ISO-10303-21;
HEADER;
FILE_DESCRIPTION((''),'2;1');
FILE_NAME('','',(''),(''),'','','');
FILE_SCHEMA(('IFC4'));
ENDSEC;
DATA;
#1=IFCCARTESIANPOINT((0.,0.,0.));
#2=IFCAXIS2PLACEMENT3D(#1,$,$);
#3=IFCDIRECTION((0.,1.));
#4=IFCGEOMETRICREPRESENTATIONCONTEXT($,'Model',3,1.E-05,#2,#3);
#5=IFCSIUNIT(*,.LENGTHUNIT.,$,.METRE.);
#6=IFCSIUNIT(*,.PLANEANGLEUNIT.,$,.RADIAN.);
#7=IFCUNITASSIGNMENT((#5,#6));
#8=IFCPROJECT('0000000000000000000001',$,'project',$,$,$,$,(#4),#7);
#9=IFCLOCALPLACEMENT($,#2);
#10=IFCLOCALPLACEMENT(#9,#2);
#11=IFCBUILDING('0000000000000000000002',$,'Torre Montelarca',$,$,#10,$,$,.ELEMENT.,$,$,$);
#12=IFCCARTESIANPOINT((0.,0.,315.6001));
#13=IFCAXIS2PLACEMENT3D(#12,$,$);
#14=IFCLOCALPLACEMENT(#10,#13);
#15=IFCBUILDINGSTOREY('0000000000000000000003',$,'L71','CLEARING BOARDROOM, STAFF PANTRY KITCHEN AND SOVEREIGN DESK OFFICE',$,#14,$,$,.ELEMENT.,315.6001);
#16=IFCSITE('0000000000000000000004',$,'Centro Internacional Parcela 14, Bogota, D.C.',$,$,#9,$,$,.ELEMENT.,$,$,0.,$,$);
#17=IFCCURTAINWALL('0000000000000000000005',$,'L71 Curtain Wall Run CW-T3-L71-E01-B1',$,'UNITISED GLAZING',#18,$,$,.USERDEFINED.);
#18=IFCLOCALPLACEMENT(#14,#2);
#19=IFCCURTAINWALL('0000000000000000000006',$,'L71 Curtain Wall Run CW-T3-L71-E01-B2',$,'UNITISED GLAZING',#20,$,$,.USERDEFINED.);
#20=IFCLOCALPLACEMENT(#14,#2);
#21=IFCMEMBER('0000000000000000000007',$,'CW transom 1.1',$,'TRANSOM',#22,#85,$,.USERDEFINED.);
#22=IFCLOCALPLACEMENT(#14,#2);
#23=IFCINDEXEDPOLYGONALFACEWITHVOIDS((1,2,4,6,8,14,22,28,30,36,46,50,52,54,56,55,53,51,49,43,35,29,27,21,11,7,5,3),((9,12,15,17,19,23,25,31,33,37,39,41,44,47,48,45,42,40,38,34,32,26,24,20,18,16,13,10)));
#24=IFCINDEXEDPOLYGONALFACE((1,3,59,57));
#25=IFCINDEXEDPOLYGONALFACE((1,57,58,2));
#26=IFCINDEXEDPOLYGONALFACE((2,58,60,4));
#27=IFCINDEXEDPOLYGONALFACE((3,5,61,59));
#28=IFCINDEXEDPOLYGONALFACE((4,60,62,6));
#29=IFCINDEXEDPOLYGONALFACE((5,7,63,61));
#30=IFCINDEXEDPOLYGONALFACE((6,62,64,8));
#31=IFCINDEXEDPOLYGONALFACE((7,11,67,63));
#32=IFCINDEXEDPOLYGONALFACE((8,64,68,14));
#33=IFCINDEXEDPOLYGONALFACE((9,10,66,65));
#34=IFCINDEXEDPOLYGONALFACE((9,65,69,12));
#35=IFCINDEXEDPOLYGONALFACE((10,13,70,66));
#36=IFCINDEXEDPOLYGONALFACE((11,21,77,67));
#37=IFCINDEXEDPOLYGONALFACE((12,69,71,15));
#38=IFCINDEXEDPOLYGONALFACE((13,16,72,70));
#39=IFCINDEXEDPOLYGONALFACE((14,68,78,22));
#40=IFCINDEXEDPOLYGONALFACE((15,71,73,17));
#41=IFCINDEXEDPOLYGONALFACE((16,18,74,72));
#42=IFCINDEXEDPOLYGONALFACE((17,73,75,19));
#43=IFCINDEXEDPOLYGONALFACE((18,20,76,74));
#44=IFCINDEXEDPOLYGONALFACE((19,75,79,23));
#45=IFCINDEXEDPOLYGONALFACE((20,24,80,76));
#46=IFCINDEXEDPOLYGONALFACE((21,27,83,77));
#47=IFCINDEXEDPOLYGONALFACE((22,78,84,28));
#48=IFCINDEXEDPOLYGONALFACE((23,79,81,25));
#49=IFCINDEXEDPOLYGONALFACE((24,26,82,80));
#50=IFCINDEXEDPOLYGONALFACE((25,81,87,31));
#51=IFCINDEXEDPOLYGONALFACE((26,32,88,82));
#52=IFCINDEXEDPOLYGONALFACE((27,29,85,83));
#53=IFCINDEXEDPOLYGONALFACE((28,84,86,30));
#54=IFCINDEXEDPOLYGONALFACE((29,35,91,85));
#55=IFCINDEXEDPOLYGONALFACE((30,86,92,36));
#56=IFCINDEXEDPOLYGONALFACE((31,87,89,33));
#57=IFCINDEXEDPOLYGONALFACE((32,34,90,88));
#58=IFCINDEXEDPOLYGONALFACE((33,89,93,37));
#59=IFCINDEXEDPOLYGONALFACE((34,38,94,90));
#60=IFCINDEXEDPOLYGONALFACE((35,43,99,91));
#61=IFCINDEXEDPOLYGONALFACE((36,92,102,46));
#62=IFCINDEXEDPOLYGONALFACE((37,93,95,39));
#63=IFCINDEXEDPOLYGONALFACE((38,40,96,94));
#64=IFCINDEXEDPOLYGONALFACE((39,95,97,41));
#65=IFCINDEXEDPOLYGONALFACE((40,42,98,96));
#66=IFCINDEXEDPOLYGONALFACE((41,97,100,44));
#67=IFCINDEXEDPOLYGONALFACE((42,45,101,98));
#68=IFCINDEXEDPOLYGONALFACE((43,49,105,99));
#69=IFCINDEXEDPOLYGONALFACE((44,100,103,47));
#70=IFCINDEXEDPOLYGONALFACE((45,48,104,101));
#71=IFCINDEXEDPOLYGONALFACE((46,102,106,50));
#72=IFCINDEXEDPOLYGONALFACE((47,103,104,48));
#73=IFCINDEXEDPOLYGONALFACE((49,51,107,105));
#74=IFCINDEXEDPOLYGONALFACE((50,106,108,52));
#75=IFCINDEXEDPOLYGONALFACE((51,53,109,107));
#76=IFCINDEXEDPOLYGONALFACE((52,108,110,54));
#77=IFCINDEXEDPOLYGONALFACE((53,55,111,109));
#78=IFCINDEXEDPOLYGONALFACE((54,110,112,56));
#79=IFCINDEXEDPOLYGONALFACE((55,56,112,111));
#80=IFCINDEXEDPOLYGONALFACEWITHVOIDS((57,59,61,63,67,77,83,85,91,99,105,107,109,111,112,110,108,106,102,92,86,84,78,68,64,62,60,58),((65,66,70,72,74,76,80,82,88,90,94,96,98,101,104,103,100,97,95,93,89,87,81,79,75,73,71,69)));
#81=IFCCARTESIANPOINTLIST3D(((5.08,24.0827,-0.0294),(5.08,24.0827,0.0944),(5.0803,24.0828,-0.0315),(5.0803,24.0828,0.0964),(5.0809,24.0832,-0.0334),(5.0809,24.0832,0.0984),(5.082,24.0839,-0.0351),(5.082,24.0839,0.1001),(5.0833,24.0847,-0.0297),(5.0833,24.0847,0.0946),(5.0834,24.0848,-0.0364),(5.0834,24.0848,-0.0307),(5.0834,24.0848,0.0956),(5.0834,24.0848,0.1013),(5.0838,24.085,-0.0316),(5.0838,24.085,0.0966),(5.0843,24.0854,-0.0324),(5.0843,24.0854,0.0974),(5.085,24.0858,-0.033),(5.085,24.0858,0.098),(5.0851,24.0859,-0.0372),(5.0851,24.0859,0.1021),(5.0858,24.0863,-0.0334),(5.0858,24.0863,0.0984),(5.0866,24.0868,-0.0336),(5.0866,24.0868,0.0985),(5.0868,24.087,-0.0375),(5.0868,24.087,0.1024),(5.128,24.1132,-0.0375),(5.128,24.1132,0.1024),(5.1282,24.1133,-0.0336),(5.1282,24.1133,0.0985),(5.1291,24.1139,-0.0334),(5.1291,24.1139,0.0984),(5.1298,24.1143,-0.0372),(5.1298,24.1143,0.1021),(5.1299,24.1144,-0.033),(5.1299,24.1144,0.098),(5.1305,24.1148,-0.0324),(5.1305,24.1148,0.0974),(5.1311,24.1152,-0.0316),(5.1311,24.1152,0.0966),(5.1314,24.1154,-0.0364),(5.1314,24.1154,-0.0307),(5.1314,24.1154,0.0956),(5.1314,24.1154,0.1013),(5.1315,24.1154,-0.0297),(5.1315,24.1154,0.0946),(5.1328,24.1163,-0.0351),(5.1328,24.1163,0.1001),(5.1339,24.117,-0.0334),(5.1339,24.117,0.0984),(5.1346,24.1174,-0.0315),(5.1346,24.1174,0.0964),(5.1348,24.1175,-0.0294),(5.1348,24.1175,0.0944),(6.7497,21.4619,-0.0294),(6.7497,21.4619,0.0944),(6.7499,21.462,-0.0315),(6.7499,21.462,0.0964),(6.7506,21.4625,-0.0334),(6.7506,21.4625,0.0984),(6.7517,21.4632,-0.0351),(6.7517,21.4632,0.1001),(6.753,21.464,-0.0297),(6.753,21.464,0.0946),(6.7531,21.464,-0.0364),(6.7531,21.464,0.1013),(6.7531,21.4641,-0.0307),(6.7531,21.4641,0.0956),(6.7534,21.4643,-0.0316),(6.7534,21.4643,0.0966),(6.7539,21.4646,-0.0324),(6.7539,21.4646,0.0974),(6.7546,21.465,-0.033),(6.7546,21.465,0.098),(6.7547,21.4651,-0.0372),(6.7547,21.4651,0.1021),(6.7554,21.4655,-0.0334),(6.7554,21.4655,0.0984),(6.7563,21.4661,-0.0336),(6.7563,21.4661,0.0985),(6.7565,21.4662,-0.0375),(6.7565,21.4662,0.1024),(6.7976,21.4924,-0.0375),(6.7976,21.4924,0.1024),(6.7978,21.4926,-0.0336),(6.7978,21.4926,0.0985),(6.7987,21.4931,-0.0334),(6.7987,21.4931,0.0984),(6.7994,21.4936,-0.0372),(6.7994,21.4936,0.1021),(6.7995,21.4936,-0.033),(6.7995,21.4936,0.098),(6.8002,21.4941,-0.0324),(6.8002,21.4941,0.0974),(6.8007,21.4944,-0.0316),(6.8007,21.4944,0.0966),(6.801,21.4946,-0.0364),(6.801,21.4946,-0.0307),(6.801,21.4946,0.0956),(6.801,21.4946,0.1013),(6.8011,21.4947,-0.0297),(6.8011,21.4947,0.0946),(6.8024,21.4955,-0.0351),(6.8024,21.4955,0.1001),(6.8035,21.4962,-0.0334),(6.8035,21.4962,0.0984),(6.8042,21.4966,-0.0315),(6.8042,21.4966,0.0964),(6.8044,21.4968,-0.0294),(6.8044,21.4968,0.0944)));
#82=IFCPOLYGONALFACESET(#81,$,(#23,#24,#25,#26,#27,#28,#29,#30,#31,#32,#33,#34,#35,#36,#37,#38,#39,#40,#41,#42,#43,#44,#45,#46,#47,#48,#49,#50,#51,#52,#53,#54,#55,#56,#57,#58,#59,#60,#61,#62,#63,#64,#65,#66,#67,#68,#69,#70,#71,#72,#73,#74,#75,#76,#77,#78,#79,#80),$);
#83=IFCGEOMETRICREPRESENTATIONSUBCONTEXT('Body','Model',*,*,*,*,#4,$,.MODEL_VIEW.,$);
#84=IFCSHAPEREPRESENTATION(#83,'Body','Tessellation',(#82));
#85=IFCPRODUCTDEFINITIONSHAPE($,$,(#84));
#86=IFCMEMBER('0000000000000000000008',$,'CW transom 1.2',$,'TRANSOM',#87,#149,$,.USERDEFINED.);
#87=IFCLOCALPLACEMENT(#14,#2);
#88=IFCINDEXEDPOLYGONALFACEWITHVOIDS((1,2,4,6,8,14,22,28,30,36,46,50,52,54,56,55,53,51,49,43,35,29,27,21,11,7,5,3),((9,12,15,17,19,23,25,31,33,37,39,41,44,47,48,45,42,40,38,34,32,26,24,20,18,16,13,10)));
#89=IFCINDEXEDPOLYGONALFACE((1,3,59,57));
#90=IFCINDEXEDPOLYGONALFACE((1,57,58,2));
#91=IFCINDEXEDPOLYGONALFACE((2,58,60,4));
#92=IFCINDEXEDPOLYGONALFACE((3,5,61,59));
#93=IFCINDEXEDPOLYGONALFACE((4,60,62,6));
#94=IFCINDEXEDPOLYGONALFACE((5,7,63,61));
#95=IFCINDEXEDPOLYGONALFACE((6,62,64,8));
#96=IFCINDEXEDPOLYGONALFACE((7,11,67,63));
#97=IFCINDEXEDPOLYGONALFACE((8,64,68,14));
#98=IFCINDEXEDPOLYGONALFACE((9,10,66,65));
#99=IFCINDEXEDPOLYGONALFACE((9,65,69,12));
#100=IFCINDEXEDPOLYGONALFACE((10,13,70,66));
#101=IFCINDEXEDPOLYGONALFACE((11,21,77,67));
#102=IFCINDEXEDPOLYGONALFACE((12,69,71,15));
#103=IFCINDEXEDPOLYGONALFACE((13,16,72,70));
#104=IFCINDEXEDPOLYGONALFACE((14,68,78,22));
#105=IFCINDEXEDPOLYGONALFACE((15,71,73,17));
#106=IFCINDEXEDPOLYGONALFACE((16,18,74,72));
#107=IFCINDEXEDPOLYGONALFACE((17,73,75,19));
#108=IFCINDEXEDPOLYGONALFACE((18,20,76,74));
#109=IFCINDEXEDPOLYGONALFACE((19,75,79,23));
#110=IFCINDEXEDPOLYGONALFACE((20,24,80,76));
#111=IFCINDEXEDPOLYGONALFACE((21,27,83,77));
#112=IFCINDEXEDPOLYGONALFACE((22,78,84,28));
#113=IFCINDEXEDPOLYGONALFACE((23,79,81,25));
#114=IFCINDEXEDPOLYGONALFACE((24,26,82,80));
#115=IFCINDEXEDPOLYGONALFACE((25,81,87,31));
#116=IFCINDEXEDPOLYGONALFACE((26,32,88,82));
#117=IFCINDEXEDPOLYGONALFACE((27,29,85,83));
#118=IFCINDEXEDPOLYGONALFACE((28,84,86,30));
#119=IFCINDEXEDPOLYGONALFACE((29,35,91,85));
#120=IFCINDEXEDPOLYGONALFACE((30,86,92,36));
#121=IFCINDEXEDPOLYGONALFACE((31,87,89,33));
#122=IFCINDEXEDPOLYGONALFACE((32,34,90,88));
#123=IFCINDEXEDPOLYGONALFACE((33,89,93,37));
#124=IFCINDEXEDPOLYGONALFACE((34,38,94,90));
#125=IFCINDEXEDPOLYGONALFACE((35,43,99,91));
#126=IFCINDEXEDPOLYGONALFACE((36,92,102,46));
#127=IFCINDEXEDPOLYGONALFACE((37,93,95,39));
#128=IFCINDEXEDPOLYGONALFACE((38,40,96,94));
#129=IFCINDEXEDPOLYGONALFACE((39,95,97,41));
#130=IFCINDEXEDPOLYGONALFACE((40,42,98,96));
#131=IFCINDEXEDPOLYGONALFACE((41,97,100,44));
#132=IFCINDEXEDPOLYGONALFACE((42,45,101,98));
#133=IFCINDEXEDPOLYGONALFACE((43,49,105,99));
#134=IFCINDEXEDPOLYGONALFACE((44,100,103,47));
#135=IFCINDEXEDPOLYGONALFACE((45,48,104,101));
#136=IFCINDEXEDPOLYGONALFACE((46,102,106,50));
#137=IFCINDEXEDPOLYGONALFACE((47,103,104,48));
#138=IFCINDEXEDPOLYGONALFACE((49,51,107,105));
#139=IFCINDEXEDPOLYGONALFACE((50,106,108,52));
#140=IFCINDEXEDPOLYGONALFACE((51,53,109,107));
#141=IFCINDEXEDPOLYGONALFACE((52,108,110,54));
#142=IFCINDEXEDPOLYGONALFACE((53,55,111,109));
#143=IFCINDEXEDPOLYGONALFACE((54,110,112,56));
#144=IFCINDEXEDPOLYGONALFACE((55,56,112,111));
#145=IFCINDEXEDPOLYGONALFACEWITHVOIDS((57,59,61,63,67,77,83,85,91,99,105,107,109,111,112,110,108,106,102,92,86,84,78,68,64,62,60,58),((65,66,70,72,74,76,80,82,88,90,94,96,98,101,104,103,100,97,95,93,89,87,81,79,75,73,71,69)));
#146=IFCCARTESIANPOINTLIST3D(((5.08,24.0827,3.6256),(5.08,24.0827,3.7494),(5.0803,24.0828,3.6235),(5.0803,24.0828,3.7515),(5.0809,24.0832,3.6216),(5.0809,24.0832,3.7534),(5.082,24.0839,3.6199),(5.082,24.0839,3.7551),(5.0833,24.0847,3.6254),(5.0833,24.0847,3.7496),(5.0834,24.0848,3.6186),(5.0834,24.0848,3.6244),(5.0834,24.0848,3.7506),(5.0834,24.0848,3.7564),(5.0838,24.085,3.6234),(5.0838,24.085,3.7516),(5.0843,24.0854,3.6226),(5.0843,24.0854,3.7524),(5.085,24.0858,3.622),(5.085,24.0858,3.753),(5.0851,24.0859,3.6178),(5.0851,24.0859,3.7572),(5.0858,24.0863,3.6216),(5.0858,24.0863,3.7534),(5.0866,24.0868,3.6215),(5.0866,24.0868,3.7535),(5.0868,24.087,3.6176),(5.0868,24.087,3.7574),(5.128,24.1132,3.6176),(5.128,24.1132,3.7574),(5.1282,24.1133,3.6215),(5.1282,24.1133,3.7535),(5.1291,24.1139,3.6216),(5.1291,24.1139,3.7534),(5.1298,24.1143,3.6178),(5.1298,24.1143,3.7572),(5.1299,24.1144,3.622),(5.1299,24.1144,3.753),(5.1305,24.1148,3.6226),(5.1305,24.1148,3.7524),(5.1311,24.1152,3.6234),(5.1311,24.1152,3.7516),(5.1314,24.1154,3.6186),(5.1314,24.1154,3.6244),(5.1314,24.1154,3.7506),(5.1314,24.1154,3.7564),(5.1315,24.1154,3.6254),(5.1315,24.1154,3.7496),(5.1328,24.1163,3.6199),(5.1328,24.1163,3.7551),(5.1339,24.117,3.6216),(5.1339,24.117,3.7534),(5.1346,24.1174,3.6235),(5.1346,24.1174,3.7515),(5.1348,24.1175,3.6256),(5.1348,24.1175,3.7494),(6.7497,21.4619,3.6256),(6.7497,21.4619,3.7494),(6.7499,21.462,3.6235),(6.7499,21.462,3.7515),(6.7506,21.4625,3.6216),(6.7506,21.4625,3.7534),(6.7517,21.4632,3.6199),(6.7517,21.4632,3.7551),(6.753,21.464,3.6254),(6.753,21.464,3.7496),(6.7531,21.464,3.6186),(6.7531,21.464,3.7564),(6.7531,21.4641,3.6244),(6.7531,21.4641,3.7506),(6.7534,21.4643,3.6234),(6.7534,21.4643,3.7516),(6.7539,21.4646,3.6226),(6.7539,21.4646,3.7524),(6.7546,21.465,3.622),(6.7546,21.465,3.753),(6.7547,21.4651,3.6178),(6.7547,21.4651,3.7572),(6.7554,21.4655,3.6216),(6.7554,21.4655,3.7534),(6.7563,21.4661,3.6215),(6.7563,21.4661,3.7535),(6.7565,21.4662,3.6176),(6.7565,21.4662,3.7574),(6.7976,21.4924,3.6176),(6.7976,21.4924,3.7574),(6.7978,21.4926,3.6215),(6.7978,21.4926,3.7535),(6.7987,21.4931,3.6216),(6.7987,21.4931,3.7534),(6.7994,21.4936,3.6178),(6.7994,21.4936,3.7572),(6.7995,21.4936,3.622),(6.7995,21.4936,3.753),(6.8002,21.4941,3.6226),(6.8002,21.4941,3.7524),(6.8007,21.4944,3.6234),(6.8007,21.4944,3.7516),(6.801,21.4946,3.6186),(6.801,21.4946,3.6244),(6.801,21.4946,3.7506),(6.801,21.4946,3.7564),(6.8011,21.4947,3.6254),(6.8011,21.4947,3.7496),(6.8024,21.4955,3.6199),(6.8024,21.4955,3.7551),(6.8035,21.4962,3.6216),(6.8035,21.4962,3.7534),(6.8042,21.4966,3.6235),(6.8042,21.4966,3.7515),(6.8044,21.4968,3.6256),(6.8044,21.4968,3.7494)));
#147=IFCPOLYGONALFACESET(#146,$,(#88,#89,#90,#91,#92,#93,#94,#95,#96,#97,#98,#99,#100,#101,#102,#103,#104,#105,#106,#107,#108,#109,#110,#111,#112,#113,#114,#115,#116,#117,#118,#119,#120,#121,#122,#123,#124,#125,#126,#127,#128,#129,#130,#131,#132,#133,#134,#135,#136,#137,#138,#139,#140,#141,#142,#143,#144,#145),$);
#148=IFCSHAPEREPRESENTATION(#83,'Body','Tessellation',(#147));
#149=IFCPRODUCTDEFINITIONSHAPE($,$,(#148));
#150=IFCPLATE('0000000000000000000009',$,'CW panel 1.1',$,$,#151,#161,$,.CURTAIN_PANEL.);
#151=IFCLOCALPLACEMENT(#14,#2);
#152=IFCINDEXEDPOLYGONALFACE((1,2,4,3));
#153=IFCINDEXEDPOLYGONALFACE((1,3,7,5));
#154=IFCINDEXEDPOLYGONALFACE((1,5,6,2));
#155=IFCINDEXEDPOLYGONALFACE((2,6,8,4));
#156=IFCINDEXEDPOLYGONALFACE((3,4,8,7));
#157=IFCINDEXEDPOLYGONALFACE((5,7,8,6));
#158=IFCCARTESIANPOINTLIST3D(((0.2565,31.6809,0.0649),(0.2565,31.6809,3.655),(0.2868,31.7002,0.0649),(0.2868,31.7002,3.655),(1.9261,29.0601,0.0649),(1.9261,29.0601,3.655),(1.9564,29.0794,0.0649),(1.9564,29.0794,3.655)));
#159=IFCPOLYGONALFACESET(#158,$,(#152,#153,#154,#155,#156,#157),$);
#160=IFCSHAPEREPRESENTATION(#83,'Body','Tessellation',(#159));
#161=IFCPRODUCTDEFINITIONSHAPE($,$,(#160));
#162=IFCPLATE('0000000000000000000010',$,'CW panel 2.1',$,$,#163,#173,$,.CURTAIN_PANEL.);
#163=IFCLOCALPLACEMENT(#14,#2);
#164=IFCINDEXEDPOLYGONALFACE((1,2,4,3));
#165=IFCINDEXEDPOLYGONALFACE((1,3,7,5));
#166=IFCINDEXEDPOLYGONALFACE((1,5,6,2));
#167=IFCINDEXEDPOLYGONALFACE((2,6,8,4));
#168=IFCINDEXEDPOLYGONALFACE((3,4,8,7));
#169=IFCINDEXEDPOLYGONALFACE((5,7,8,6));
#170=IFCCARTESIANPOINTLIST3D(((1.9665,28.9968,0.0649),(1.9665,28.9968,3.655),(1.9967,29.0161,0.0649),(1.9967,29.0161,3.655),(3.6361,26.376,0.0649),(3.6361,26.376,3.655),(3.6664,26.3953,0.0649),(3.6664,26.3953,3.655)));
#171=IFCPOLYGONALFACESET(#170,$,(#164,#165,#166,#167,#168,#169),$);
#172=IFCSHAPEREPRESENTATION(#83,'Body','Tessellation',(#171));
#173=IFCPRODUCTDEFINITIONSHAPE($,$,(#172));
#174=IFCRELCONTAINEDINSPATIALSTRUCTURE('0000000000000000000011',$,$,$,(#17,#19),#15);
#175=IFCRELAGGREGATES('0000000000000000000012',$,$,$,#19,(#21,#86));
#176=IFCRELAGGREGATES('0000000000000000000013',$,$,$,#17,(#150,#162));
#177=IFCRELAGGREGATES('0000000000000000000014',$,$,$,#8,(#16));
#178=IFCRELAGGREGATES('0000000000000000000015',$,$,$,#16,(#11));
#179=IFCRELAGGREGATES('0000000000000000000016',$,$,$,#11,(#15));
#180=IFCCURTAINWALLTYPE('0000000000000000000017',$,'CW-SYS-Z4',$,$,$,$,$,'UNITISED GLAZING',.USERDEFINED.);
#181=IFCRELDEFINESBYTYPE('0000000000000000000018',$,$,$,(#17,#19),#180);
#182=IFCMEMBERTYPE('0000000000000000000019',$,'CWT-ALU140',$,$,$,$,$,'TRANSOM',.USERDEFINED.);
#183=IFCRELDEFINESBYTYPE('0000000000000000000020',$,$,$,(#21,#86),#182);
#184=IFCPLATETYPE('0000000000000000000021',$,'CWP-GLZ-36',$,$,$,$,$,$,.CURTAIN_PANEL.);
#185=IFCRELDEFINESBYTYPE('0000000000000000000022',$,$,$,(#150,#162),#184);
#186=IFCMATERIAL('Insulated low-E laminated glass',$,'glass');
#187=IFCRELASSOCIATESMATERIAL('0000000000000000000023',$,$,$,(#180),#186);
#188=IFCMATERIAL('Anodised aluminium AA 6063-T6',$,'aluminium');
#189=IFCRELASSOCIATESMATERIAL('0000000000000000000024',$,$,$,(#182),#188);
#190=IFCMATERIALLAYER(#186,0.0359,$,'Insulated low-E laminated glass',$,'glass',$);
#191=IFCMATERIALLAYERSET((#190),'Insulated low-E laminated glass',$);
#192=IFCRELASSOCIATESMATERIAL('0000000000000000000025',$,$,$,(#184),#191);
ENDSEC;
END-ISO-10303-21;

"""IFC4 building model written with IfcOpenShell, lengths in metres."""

from ifc_helpers import new_model, si_unit, direction, frame, origin, origin_2d, place, context, subcontext, project, spatial, rectangle, hollow_rectangle, extrude, source, transform, mapped, material, layer, layer_set, material_profile, profile_set, type_object, element, aggregate, save


model = new_model("IFC4")

# Units and contexts
model_context = context("Model", 3, precision=1e-05, world=origin(), true_north=direction((0.0, 1.0)))
body_context = subcontext(model_context, "Body", "Model", "MODEL_VIEW")
ifc_project = project(units=[si_unit("LENGTHUNIT", "METRE"), si_unit("PLANEANGLEUNIT", "RADIAN")], contexts=[model_context])

# Site, building, storey
site_placement = place(None, origin())
site = spatial("IfcSite", under=ifc_project, at=site_placement, Name="Centro Internacional Parcela 14, Bogota, D.C.", CompositionType="ELEMENT", RefElevation=0.0)
building_placement = place(site_placement, origin())
building = spatial("IfcBuilding", under=site, at=building_placement, Name="Torre Montelarca", CompositionType="ELEMENT")
storey_placement = place(building_placement, frame((0.0, 0.0, 315.6001)))
storey = spatial("IfcBuildingStorey", under=building, at=storey_placement, Name="L71", Description="CLEARING BOARDROOM, STAFF PANTRY KITCHEN AND SOVEREIGN DESK OFFICE", CompositionType="ELEMENT", Elevation=315.6001)

# Curtain wall
ifc_material_1 = material(Name="Insulated low-E laminated glass", Category="glass")
curtain_wall_type = type_object("IfcCurtainWallType", Name="CW-SYS-Z4", ElementType="UNITISED GLAZING", PredefinedType="USERDEFINED", material=ifc_material_1)
curtain_wall_1_placement = place(storey_placement, origin())
curtain_wall_1 = element("IfcCurtainWall", 1, at=curtain_wall_1_placement, inside=storey, type_object=curtain_wall_type, Name="L71 Curtain Wall Run CW-T3-L71-E01-B1", ObjectType="UNITISED GLAZING", PredefinedType="USERDEFINED")
ifc_material_2 = material(Name="Anodised aluminium AA 6063-T6", Category="aluminium")

# Curtain wall
curtain_wall_2_placement = place(storey_placement, origin())
curtain_wall_2 = element("IfcCurtainWall", 2, at=curtain_wall_2_placement, inside=storey, type_object=curtain_wall_type, Name="L71 Curtain Wall Run CW-T3-L71-E01-B2", ObjectType="UNITISED GLAZING", PredefinedType="USERDEFINED")

# Members
ifc_material_profile_1 = material_profile(ifc_material_2, hollow_rectangle(XDim=0.0649, YDim=0.1399, WallThickness=0.0039, InnerFilletRadius=0.0039, OuterFilletRadius=0.0081, at=origin_2d()), Name="ALU65X140X4", Category="aluminium")
ifc_profile_set_1 = profile_set([ifc_material_profile_1], Name="Anodised aluminium AA 6063-T6")
member_type_1 = type_object("IfcMemberType", Name="CWT-ALU140", ElementType="TRANSOM", PredefinedType="USERDEFINED", material=ifc_profile_set_1)
shared_shape_1 = source(origin(), body_context, "Body", "SweptSolid", [
    extrude(hollow_rectangle(XDim=0.0649, YDim=0.1399, WallThickness=0.0039, InnerFilletRadius=0.0039, OuterFilletRadius=0.0081, at=origin_2d()), origin(), (0.0, 0.0, 1.0), 3.1074),
])
member_1_placement = place(storey_placement, frame((5.1074, 24.1001, 0.0325), z_axis=(0.537302, -0.84339, 0.0), x_axis=(0.84339, 0.537302, 0.0)))
member_1 = element("IfcMember", 3, at=member_1_placement, type_object=member_type_1, Name="CW transom 1.1", ObjectType="TRANSOM", PredefinedType="USERDEFINED", context=body_context, shape_type="MappedRepresentation", body=[
    mapped(shared_shape_1, transform((0.0, 0.0, 0.0), scale=1.0)),
])
member_2_placement = place(storey_placement, frame((5.1074, 24.1001, 3.6875), z_axis=(0.537302, -0.84339, 0.0), x_axis=(0.84339, 0.537302, 0.0)))
member_2 = element("IfcMember", 4, at=member_2_placement, type_object=member_type_1, Name="CW transom 1.2", ObjectType="TRANSOM", PredefinedType="USERDEFINED", context=body_context, shape_type="MappedRepresentation", body=[
    mapped(shared_shape_1, transform((0.0, 0.0, 0.0), scale=1.0)),
])
aggregate(curtain_wall_2, [member_1, member_2])

# Plates
ifc_layer_1 = layer(ifc_material_1, 0.0359, Name="Insulated low-E laminated glass", Category="glass")
ifc_layer_set_1 = layer_set([ifc_layer_1], Name="Insulated low-E laminated glass")
plate_type = type_object("IfcPlateType", Name="CWP-GLZ-36", PredefinedType="CURTAIN_PANEL", material=ifc_layer_set_1)
shared_shape_2 = source(origin(), body_context, "Body", "SweptSolid", [
    extrude(rectangle(XDim=3.1074, YDim=0.0359, at=origin_2d()), origin(), (0.0, 0.0, 1.0), 3.5901),
])
plate_1_placement = place(storey_placement, frame((1.1064, 30.3801, 0.0649), z_axis=(0.0, 0.0, 1.0), x_axis=(0.537301, -0.84339, 0.0)))
plate_1 = element("IfcPlate", 5, at=plate_1_placement, type_object=plate_type, Name="CW panel 1.1", PredefinedType="CURTAIN_PANEL", context=body_context, shape_type="MappedRepresentation", body=[
    mapped(shared_shape_2, transform((0.0, 0.0, 0.0), scale=1.0)),
])
plate_2_placement = place(storey_placement, frame((2.8164, 27.696, 0.0649), z_axis=(0.0, 0.0, 1.0), x_axis=(0.537301, -0.84339, 0.0)))
plate_2 = element("IfcPlate", 6, at=plate_2_placement, type_object=plate_type, Name="CW panel 2.1", PredefinedType="CURTAIN_PANEL", context=body_context, shape_type="MappedRepresentation", body=[
    mapped(shared_shape_2, transform((0.0, 0.0, 0.0), scale=1.0)),
])
aggregate(curtain_wall_1, [plate_1, plate_2])

save(model, "model.ifc")
